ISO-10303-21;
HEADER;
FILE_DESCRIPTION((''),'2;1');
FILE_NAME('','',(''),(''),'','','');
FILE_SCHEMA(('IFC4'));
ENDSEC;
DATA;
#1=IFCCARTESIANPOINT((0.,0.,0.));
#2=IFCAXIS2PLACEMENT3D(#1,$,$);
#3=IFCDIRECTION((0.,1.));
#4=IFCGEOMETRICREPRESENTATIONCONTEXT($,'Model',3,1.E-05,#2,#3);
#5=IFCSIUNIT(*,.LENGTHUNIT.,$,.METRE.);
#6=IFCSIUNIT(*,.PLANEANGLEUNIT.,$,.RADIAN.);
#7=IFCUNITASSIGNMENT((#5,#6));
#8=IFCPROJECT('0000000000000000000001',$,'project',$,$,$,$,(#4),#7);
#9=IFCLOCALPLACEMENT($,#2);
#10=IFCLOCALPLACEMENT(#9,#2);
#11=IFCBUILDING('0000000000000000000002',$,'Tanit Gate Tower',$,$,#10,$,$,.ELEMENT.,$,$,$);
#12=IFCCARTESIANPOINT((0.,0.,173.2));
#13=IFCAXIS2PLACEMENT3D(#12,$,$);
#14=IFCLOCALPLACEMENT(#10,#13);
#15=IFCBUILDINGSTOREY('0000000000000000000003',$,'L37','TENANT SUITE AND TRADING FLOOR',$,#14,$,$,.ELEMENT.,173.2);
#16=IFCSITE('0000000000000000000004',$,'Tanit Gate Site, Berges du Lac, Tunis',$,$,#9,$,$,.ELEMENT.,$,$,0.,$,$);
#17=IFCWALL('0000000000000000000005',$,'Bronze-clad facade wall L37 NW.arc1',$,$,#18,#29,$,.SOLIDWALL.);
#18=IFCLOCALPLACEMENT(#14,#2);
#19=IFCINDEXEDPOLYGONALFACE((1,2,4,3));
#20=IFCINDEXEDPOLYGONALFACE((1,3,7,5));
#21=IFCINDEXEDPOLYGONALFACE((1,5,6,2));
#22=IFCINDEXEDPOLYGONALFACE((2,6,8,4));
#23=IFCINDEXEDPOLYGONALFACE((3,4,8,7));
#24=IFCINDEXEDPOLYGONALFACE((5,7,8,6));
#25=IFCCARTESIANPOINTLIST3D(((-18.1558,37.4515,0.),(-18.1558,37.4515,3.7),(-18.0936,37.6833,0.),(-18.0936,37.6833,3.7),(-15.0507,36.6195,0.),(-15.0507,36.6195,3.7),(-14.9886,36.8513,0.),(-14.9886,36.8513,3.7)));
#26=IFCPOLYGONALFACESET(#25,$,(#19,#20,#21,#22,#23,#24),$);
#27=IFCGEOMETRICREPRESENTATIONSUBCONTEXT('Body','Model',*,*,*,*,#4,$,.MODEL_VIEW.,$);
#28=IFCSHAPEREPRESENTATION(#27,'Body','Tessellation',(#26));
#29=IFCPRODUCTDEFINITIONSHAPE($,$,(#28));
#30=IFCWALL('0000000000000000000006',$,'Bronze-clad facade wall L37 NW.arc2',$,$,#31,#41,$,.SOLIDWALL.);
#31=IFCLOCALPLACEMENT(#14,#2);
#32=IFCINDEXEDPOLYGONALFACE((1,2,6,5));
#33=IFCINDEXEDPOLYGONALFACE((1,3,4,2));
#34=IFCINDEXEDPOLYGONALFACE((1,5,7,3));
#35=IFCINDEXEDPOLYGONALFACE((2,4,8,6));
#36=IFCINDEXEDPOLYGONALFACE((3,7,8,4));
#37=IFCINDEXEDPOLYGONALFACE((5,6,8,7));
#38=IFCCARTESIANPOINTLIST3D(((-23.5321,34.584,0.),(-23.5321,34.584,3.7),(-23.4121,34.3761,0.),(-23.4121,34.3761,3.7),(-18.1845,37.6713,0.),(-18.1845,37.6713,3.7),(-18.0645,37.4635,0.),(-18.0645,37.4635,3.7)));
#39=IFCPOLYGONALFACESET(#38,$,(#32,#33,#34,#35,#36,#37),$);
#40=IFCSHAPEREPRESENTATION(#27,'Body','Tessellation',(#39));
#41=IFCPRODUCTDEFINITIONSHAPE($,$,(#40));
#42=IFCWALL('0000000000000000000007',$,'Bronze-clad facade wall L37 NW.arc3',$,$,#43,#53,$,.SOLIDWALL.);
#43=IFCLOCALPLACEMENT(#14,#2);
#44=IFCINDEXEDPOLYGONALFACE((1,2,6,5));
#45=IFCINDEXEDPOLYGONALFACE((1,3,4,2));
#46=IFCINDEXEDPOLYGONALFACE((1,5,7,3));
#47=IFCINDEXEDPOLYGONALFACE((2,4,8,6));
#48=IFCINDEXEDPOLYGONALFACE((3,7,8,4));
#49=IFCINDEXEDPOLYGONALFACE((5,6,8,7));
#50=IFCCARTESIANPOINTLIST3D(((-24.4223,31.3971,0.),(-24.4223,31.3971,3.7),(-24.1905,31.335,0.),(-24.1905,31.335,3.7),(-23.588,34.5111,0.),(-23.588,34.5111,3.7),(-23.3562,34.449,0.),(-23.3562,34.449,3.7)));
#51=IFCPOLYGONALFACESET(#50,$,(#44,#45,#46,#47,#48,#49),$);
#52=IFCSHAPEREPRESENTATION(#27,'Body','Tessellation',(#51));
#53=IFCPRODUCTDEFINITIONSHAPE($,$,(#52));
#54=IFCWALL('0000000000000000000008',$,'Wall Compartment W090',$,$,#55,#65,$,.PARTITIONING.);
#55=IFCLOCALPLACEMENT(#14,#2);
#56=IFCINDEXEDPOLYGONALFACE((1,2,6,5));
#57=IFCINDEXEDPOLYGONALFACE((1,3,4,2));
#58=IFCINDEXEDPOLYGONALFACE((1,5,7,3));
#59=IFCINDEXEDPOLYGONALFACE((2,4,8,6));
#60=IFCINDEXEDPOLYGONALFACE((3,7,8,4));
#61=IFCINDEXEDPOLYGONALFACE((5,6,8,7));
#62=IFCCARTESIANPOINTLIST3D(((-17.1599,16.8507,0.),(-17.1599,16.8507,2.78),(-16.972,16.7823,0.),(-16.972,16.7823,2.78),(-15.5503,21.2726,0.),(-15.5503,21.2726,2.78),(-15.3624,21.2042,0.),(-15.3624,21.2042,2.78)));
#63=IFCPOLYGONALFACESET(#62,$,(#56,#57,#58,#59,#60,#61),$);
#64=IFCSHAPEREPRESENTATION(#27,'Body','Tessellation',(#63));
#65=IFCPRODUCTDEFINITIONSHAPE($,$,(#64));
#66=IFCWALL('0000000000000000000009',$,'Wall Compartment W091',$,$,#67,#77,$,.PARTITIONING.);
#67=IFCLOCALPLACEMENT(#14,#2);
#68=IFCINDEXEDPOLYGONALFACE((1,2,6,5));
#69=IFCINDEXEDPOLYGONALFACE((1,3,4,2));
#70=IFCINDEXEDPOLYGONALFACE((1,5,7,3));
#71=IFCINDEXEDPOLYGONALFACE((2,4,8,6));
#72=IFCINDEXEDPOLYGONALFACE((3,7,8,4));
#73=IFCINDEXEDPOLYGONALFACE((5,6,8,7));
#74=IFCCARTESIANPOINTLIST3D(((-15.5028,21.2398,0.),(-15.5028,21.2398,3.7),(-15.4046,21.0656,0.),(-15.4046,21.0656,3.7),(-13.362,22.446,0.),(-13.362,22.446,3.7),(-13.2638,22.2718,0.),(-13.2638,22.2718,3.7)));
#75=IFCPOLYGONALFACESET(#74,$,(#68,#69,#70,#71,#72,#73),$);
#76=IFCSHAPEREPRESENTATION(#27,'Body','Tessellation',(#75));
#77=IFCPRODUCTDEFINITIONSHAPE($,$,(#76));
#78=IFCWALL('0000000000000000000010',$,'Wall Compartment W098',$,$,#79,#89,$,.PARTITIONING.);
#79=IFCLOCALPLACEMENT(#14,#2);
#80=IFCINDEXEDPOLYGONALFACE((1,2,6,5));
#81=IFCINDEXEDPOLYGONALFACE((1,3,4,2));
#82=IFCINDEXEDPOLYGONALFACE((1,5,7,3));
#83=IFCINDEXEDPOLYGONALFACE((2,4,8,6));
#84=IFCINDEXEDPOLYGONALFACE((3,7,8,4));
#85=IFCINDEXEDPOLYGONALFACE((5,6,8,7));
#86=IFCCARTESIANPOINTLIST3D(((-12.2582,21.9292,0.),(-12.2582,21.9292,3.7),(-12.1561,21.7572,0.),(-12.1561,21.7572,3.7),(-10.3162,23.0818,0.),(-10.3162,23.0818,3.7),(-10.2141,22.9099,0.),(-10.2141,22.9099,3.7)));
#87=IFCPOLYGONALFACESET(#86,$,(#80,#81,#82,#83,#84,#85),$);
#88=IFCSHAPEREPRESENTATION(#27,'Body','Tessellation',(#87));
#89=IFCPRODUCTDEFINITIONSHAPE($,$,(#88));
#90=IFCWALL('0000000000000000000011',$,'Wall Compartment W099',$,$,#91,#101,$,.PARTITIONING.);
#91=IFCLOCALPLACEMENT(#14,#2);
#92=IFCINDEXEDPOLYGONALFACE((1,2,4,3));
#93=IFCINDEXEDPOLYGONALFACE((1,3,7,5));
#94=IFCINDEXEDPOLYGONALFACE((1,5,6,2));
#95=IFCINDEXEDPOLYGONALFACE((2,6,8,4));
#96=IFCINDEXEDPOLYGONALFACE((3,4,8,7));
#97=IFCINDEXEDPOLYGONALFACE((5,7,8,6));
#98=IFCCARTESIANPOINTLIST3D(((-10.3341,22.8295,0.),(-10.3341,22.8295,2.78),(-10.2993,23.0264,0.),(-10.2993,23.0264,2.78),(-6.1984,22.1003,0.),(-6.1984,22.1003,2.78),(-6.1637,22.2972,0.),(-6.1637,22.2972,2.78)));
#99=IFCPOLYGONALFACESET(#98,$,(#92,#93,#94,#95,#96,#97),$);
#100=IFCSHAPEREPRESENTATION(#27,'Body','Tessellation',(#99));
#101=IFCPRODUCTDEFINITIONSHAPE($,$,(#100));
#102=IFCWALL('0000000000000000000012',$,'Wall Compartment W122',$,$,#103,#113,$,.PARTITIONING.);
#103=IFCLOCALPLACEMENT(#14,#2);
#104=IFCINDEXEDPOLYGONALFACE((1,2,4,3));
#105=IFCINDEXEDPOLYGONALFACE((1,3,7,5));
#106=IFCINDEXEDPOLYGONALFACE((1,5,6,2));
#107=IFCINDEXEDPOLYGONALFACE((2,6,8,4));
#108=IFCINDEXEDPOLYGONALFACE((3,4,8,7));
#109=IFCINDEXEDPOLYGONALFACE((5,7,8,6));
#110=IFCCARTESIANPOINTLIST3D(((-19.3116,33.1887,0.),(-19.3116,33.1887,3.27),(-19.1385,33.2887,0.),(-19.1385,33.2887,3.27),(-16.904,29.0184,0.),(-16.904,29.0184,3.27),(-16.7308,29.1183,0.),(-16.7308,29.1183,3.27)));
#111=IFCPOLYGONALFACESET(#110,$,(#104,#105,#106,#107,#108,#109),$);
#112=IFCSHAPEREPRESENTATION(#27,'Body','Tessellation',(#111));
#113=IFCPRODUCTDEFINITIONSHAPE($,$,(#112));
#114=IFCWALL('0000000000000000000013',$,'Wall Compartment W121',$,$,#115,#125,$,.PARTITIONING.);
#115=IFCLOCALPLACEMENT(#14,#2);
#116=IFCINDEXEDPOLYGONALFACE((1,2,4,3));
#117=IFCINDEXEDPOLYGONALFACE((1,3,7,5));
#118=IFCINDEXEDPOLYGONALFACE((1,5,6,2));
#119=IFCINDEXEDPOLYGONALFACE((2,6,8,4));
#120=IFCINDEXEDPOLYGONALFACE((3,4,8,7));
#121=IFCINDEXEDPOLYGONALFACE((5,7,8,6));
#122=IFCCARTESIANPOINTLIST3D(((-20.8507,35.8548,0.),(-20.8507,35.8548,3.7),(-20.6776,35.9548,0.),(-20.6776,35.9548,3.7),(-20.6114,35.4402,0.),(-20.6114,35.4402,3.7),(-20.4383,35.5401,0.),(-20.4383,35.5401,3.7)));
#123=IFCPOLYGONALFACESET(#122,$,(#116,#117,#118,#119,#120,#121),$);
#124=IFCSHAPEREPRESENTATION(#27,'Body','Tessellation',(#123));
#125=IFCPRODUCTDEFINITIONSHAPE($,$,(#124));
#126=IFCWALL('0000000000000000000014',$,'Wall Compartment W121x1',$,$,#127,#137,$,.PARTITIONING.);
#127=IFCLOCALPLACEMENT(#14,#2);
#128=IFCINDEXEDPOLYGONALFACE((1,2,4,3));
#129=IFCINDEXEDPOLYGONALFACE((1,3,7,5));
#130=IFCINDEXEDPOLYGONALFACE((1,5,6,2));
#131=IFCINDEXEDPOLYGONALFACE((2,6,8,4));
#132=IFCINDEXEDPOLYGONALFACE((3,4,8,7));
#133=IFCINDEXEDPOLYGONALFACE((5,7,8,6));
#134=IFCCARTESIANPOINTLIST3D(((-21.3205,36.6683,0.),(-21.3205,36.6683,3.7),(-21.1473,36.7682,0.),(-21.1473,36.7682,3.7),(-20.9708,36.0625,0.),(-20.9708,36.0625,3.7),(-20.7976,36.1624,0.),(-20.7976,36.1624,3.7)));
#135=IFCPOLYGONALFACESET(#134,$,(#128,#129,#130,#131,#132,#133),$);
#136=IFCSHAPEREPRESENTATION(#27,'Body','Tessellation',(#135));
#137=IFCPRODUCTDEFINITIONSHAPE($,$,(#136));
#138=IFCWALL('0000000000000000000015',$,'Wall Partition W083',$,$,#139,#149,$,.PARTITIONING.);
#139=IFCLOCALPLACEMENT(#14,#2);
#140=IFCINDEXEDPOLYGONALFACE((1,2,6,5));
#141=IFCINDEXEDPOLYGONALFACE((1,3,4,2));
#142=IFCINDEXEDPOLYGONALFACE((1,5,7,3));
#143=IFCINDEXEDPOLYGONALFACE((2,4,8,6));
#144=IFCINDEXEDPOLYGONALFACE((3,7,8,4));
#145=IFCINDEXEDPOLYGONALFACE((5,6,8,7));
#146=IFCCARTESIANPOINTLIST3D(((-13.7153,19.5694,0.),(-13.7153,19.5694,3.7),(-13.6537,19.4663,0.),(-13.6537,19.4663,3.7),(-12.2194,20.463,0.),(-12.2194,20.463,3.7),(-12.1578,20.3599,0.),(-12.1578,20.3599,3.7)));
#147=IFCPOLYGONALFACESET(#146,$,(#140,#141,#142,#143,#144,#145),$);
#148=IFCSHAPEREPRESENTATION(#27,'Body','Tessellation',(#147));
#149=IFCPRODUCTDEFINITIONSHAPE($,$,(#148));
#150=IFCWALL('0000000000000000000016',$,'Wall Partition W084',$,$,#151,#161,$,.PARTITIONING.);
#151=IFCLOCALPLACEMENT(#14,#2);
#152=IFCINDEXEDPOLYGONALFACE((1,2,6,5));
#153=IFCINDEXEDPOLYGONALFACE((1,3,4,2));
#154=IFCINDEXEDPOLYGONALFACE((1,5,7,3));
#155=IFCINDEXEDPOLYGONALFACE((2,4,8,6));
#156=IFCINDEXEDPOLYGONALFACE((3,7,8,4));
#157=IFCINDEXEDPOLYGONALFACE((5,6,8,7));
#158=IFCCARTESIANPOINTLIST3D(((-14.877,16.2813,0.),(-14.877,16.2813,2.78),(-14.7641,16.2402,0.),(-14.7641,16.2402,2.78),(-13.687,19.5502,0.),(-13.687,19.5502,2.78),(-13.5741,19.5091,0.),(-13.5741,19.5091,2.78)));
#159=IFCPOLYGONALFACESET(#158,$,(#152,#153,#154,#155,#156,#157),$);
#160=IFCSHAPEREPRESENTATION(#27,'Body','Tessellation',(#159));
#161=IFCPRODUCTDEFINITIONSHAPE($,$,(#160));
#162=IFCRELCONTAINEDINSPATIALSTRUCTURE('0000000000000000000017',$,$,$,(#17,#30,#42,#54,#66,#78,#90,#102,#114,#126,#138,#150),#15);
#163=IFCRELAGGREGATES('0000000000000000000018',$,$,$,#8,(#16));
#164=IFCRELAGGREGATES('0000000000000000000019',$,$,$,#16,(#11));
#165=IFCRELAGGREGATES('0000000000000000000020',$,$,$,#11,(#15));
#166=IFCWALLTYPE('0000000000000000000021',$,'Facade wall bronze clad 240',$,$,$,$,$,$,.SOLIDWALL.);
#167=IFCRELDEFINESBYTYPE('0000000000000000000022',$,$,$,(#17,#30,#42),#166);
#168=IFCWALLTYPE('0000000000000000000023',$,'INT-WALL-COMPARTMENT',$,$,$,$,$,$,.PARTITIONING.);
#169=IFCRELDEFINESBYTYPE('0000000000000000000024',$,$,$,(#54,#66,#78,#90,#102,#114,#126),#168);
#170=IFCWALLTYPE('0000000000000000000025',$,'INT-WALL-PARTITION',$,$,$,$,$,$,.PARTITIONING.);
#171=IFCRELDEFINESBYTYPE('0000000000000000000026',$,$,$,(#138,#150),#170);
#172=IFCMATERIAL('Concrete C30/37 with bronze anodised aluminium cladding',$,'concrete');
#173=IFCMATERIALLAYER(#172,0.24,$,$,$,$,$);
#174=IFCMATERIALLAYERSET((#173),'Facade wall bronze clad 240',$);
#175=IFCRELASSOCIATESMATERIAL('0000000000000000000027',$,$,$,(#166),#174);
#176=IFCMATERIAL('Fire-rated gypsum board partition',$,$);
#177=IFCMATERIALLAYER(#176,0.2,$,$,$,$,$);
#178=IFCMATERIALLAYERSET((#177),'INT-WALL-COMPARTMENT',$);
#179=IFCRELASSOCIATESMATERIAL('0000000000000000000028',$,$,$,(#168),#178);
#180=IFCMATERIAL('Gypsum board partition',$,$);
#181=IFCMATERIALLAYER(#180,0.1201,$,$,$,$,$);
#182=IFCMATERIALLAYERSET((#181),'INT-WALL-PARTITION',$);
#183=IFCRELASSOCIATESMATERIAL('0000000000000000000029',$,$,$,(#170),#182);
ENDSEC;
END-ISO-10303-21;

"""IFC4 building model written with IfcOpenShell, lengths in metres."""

from ifc_helpers import new_model, si_unit, direction, frame, frame_2d, origin, place, context, subcontext, project, spatial, rectangle, extrude, material, layer, layer_set, type_object, element, save


model = new_model("IFC4")

# Units and contexts
model_context = context("Model", 3, precision=1e-05, world=origin(), true_north=direction((0.0, 1.0)))
body_context = subcontext(model_context, "Body", "Model", "MODEL_VIEW")
ifc_project = project(units=[si_unit("LENGTHUNIT", "METRE"), si_unit("PLANEANGLEUNIT", "RADIAN")], contexts=[model_context])

# Site, building, storey
site_placement = place(None, origin())
site = spatial("IfcSite", under=ifc_project, at=site_placement, Name="Tanit Gate Site, Berges du Lac, Tunis", CompositionType="ELEMENT", RefElevation=0.0)
building_placement = place(site_placement, origin())
building = spatial("IfcBuilding", under=site, at=building_placement, Name="Tanit Gate Tower", CompositionType="ELEMENT")
storey_placement = place(building_placement, frame((0.0, 0.0, 173.2)))
storey = spatial("IfcBuildingStorey", under=building, at=storey_placement, Name="L37", Description="TENANT SUITE AND TRADING FLOOR", CompositionType="ELEMENT", Elevation=173.2)

# Walls
ifc_material_1 = material(Name="Concrete C30/37 with bronze anodised aluminium cladding", Category="concrete")
ifc_layer_1 = layer(ifc_material_1, 0.24)
ifc_layer_set_1 = layer_set([ifc_layer_1], Name="Facade wall bronze clad 240")
wall_type_1 = type_object("IfcWallType", Name="Facade wall bronze clad 240", PredefinedType="SOLIDWALL", material=ifc_layer_set_1)
wall_1_placement = place(storey_placement, frame((-15.0195, 36.7354, 0.0), z_axis=(0.0, 0.0, 1.0), x_axis=(-0.965922, 0.258835, 0.0)))
element("IfcWall", 1, at=wall_1_placement, inside=storey, type_object=wall_type_1, Name="Bronze-clad facade wall L37 NW.arc1", PredefinedType="SOLIDWALL", context=body_context, shape_type="SweptSolid", body=[
    extrude(rectangle(XDim=3.2146, YDim=0.24, at=frame_2d((1.6074, 0.0))), origin(), (0.0, 0.0, 1.0), 3.7),
])
wall_2_placement = place(storey_placement, frame((-18.1245, 37.5674, 0.0), z_axis=(0.0, 0.0, 1.0), x_axis=(-0.86603, -0.499992, 0.0)))
element("IfcWall", 2, at=wall_2_placement, inside=storey, type_object=wall_type_1, Name="Bronze-clad facade wall L37 NW.arc2", PredefinedType="SOLIDWALL", context=body_context, shape_type="SweptSolid", body=[
    extrude(rectangle(XDim=6.1748, YDim=0.24, at=frame_2d((3.0874, 0.0))), origin(), (0.0, 0.0, 1.0), 3.7),
])
wall_3_placement = place(storey_placement, frame((-23.4722, 34.48, 0.0), z_axis=(0.0, 0.0, 1.0), x_axis=(-0.25877, -0.965939, 0.0)))
element("IfcWall", 3, at=wall_3_placement, inside=storey, type_object=wall_type_1, Name="Bronze-clad facade wall L37 NW.arc3", PredefinedType="SOLIDWALL", context=body_context, shape_type="SweptSolid", body=[
    extrude(rectangle(XDim=3.2239, YDim=0.24, at=frame_2d((1.6118, 0.0))), origin(), (0.0, 0.0, 1.0), 3.7),
])
ifc_material_2 = material(Name="Fire-rated gypsum board partition")
ifc_layer_2 = layer(ifc_material_2, 0.2)
ifc_layer_set_2 = layer_set([ifc_layer_2], Name="INT-WALL-COMPARTMENT")
wall_type_2 = type_object("IfcWallType", Name="INT-WALL-COMPARTMENT", PredefinedType="PARTITIONING", material=ifc_layer_set_2)
wall_4_placement = place(storey_placement, frame((-15.4563, 21.2385, 0.0), z_axis=(0.0, 0.0, 1.0), x_axis=(-0.342055, -0.93968, 0.0)))
element("IfcWall", 4, at=wall_4_placement, inside=storey, type_object=wall_type_2, Name="Wall Compartment W090", PredefinedType="PARTITIONING", context=body_context, shape_type="SweptSolid", body=[
    extrude(rectangle(XDim=4.7058, YDim=0.2, at=frame_2d((2.353, 0.0))), origin(), (0.0, 0.0, 1.0), 2.78),
])
wall_5_placement = place(storey_placement, frame((-13.313, 22.3589, 0.0), z_axis=(0.0, 0.0, 1.0), x_axis=(-0.871217, -0.490898, 0.0)))
element("IfcWall", 5, at=wall_5_placement, inside=storey, type_object=wall_type_2, Name="Wall Compartment W091", PredefinedType="PARTITIONING", context=body_context, shape_type="SweptSolid", body=[
    extrude(rectangle(XDim=2.4573, YDim=0.2, at=frame_2d((1.2285, 0.0))), origin(), (0.0, 0.0, 1.0), 3.7),
])
wall_6_placement = place(storey_placement, frame((-10.2651, 22.9958, 0.0), z_axis=(0.0, 0.0, 1.0), x_axis=(-0.859935, -0.510404, 0.0)))
element("IfcWall", 6, at=wall_6_placement, inside=storey, type_object=wall_type_2, Name="Wall Compartment W098", PredefinedType="PARTITIONING", context=body_context, shape_type="SweptSolid", body=[
    extrude(rectangle(XDim=2.2583, YDim=0.2, at=frame_2d((1.1292, 0.0))), origin(), (0.0, 0.0, 1.0), 3.7),
])
wall_7_placement = place(storey_placement, frame((-6.1812, 22.1987, 0.0), z_axis=(0.0, 0.0, 1.0), x_axis=(-0.984808, 0.173649, 0.0)))
element("IfcWall", 7, at=wall_7_placement, inside=storey, type_object=wall_type_2, Name="Wall Compartment W099", PredefinedType="PARTITIONING", context=body_context, shape_type="SweptSolid", body=[
    extrude(rectangle(XDim=4.1995, YDim=0.2, at=frame_2d((2.0996, 0.0))), origin(), (0.0, 0.0, 1.0), 2.78),
])
wall_8_placement = place(storey_placement, frame((-16.8174, 29.0684, 0.0), z_axis=(0.0, 0.0, 1.0), x_axis=(-0.499989, 0.866032, 0.0)))
element("IfcWall", 8, at=wall_8_placement, inside=storey, type_object=wall_type_2, Name="Wall Compartment W122", PredefinedType="PARTITIONING", context=body_context, shape_type="SweptSolid", body=[
    extrude(rectangle(XDim=4.8154, YDim=0.2, at=frame_2d((2.4077, 0.0))), origin(), (0.0, 0.0, 1.0), 3.27),
])
wall_9_placement = place(storey_placement, frame((-20.5249, 35.4902, 0.0), z_axis=(0.0, 0.0, 1.0), x_axis=(-0.49987, 0.866101, 0.0)))
element("IfcWall", 9, at=wall_9_placement, inside=storey, type_object=wall_type_2, Name="Wall Compartment W121", PredefinedType="PARTITIONING", context=body_context, shape_type="SweptSolid", body=[
    extrude(rectangle(XDim=0.4788, YDim=0.2, at=frame_2d((0.2393, 0.0))), origin(), (0.0, 0.0, 1.0), 3.7),
])
wall_10_placement = place(storey_placement, frame((-20.8843, 36.1125, 0.0), z_axis=(0.0, 0.0, 1.0), x_axis=(-0.499894, 0.866087, 0.0)))
element("IfcWall", 10, at=wall_10_placement, inside=storey, type_object=wall_type_2, Name="Wall Compartment W121x1", PredefinedType="PARTITIONING", context=body_context, shape_type="SweptSolid", body=[
    extrude(rectangle(XDim=0.6995, YDim=0.2, at=frame_2d((0.3496, 0.0))), origin(), (0.0, 0.0, 1.0), 3.7),
])
ifc_material_3 = material(Name="Gypsum board partition")
ifc_layer_3 = layer(ifc_material_3, 0.1201)
ifc_layer_set_3 = layer_set([ifc_layer_3], Name="INT-WALL-PARTITION")
wall_type_3 = type_object("IfcWallType", Name="INT-WALL-PARTITION", PredefinedType="PARTITIONING", material=ifc_layer_set_3)
wall_11_placement = place(storey_placement, frame((-12.1887, 20.4114, 0.0), z_axis=(0.0, 0.0, 1.0), x_axis=(-0.858493, -0.512826, 0.0)))
element("IfcWall", 11, at=wall_11_placement, inside=storey, type_object=wall_type_3, Name="Wall Partition W083", PredefinedType="PARTITIONING", context=body_context, shape_type="SweptSolid", body=[
    extrude(rectangle(XDim=1.7424, YDim=0.1201, at=frame_2d((0.8711, 0.0))), origin(), (0.0, 0.0, 1.0), 3.7),
])
wall_12_placement = place(storey_placement, frame((-13.6306, 19.5295, 0.0), z_axis=(0.0, 0.0, 1.0), x_axis=(-0.34207, -0.939675, 0.0)))
element("IfcWall", 12, at=wall_12_placement, inside=storey, type_object=wall_type_3, Name="Wall Partition W084", PredefinedType="PARTITIONING", context=body_context, shape_type="SweptSolid", body=[
    extrude(rectangle(XDim=3.4788, YDim=0.1201, at=frame_2d((1.7393, 0.0))), origin(), (0.0, 0.0, 1.0), 2.78),
])

save(model, "model.ifc")
